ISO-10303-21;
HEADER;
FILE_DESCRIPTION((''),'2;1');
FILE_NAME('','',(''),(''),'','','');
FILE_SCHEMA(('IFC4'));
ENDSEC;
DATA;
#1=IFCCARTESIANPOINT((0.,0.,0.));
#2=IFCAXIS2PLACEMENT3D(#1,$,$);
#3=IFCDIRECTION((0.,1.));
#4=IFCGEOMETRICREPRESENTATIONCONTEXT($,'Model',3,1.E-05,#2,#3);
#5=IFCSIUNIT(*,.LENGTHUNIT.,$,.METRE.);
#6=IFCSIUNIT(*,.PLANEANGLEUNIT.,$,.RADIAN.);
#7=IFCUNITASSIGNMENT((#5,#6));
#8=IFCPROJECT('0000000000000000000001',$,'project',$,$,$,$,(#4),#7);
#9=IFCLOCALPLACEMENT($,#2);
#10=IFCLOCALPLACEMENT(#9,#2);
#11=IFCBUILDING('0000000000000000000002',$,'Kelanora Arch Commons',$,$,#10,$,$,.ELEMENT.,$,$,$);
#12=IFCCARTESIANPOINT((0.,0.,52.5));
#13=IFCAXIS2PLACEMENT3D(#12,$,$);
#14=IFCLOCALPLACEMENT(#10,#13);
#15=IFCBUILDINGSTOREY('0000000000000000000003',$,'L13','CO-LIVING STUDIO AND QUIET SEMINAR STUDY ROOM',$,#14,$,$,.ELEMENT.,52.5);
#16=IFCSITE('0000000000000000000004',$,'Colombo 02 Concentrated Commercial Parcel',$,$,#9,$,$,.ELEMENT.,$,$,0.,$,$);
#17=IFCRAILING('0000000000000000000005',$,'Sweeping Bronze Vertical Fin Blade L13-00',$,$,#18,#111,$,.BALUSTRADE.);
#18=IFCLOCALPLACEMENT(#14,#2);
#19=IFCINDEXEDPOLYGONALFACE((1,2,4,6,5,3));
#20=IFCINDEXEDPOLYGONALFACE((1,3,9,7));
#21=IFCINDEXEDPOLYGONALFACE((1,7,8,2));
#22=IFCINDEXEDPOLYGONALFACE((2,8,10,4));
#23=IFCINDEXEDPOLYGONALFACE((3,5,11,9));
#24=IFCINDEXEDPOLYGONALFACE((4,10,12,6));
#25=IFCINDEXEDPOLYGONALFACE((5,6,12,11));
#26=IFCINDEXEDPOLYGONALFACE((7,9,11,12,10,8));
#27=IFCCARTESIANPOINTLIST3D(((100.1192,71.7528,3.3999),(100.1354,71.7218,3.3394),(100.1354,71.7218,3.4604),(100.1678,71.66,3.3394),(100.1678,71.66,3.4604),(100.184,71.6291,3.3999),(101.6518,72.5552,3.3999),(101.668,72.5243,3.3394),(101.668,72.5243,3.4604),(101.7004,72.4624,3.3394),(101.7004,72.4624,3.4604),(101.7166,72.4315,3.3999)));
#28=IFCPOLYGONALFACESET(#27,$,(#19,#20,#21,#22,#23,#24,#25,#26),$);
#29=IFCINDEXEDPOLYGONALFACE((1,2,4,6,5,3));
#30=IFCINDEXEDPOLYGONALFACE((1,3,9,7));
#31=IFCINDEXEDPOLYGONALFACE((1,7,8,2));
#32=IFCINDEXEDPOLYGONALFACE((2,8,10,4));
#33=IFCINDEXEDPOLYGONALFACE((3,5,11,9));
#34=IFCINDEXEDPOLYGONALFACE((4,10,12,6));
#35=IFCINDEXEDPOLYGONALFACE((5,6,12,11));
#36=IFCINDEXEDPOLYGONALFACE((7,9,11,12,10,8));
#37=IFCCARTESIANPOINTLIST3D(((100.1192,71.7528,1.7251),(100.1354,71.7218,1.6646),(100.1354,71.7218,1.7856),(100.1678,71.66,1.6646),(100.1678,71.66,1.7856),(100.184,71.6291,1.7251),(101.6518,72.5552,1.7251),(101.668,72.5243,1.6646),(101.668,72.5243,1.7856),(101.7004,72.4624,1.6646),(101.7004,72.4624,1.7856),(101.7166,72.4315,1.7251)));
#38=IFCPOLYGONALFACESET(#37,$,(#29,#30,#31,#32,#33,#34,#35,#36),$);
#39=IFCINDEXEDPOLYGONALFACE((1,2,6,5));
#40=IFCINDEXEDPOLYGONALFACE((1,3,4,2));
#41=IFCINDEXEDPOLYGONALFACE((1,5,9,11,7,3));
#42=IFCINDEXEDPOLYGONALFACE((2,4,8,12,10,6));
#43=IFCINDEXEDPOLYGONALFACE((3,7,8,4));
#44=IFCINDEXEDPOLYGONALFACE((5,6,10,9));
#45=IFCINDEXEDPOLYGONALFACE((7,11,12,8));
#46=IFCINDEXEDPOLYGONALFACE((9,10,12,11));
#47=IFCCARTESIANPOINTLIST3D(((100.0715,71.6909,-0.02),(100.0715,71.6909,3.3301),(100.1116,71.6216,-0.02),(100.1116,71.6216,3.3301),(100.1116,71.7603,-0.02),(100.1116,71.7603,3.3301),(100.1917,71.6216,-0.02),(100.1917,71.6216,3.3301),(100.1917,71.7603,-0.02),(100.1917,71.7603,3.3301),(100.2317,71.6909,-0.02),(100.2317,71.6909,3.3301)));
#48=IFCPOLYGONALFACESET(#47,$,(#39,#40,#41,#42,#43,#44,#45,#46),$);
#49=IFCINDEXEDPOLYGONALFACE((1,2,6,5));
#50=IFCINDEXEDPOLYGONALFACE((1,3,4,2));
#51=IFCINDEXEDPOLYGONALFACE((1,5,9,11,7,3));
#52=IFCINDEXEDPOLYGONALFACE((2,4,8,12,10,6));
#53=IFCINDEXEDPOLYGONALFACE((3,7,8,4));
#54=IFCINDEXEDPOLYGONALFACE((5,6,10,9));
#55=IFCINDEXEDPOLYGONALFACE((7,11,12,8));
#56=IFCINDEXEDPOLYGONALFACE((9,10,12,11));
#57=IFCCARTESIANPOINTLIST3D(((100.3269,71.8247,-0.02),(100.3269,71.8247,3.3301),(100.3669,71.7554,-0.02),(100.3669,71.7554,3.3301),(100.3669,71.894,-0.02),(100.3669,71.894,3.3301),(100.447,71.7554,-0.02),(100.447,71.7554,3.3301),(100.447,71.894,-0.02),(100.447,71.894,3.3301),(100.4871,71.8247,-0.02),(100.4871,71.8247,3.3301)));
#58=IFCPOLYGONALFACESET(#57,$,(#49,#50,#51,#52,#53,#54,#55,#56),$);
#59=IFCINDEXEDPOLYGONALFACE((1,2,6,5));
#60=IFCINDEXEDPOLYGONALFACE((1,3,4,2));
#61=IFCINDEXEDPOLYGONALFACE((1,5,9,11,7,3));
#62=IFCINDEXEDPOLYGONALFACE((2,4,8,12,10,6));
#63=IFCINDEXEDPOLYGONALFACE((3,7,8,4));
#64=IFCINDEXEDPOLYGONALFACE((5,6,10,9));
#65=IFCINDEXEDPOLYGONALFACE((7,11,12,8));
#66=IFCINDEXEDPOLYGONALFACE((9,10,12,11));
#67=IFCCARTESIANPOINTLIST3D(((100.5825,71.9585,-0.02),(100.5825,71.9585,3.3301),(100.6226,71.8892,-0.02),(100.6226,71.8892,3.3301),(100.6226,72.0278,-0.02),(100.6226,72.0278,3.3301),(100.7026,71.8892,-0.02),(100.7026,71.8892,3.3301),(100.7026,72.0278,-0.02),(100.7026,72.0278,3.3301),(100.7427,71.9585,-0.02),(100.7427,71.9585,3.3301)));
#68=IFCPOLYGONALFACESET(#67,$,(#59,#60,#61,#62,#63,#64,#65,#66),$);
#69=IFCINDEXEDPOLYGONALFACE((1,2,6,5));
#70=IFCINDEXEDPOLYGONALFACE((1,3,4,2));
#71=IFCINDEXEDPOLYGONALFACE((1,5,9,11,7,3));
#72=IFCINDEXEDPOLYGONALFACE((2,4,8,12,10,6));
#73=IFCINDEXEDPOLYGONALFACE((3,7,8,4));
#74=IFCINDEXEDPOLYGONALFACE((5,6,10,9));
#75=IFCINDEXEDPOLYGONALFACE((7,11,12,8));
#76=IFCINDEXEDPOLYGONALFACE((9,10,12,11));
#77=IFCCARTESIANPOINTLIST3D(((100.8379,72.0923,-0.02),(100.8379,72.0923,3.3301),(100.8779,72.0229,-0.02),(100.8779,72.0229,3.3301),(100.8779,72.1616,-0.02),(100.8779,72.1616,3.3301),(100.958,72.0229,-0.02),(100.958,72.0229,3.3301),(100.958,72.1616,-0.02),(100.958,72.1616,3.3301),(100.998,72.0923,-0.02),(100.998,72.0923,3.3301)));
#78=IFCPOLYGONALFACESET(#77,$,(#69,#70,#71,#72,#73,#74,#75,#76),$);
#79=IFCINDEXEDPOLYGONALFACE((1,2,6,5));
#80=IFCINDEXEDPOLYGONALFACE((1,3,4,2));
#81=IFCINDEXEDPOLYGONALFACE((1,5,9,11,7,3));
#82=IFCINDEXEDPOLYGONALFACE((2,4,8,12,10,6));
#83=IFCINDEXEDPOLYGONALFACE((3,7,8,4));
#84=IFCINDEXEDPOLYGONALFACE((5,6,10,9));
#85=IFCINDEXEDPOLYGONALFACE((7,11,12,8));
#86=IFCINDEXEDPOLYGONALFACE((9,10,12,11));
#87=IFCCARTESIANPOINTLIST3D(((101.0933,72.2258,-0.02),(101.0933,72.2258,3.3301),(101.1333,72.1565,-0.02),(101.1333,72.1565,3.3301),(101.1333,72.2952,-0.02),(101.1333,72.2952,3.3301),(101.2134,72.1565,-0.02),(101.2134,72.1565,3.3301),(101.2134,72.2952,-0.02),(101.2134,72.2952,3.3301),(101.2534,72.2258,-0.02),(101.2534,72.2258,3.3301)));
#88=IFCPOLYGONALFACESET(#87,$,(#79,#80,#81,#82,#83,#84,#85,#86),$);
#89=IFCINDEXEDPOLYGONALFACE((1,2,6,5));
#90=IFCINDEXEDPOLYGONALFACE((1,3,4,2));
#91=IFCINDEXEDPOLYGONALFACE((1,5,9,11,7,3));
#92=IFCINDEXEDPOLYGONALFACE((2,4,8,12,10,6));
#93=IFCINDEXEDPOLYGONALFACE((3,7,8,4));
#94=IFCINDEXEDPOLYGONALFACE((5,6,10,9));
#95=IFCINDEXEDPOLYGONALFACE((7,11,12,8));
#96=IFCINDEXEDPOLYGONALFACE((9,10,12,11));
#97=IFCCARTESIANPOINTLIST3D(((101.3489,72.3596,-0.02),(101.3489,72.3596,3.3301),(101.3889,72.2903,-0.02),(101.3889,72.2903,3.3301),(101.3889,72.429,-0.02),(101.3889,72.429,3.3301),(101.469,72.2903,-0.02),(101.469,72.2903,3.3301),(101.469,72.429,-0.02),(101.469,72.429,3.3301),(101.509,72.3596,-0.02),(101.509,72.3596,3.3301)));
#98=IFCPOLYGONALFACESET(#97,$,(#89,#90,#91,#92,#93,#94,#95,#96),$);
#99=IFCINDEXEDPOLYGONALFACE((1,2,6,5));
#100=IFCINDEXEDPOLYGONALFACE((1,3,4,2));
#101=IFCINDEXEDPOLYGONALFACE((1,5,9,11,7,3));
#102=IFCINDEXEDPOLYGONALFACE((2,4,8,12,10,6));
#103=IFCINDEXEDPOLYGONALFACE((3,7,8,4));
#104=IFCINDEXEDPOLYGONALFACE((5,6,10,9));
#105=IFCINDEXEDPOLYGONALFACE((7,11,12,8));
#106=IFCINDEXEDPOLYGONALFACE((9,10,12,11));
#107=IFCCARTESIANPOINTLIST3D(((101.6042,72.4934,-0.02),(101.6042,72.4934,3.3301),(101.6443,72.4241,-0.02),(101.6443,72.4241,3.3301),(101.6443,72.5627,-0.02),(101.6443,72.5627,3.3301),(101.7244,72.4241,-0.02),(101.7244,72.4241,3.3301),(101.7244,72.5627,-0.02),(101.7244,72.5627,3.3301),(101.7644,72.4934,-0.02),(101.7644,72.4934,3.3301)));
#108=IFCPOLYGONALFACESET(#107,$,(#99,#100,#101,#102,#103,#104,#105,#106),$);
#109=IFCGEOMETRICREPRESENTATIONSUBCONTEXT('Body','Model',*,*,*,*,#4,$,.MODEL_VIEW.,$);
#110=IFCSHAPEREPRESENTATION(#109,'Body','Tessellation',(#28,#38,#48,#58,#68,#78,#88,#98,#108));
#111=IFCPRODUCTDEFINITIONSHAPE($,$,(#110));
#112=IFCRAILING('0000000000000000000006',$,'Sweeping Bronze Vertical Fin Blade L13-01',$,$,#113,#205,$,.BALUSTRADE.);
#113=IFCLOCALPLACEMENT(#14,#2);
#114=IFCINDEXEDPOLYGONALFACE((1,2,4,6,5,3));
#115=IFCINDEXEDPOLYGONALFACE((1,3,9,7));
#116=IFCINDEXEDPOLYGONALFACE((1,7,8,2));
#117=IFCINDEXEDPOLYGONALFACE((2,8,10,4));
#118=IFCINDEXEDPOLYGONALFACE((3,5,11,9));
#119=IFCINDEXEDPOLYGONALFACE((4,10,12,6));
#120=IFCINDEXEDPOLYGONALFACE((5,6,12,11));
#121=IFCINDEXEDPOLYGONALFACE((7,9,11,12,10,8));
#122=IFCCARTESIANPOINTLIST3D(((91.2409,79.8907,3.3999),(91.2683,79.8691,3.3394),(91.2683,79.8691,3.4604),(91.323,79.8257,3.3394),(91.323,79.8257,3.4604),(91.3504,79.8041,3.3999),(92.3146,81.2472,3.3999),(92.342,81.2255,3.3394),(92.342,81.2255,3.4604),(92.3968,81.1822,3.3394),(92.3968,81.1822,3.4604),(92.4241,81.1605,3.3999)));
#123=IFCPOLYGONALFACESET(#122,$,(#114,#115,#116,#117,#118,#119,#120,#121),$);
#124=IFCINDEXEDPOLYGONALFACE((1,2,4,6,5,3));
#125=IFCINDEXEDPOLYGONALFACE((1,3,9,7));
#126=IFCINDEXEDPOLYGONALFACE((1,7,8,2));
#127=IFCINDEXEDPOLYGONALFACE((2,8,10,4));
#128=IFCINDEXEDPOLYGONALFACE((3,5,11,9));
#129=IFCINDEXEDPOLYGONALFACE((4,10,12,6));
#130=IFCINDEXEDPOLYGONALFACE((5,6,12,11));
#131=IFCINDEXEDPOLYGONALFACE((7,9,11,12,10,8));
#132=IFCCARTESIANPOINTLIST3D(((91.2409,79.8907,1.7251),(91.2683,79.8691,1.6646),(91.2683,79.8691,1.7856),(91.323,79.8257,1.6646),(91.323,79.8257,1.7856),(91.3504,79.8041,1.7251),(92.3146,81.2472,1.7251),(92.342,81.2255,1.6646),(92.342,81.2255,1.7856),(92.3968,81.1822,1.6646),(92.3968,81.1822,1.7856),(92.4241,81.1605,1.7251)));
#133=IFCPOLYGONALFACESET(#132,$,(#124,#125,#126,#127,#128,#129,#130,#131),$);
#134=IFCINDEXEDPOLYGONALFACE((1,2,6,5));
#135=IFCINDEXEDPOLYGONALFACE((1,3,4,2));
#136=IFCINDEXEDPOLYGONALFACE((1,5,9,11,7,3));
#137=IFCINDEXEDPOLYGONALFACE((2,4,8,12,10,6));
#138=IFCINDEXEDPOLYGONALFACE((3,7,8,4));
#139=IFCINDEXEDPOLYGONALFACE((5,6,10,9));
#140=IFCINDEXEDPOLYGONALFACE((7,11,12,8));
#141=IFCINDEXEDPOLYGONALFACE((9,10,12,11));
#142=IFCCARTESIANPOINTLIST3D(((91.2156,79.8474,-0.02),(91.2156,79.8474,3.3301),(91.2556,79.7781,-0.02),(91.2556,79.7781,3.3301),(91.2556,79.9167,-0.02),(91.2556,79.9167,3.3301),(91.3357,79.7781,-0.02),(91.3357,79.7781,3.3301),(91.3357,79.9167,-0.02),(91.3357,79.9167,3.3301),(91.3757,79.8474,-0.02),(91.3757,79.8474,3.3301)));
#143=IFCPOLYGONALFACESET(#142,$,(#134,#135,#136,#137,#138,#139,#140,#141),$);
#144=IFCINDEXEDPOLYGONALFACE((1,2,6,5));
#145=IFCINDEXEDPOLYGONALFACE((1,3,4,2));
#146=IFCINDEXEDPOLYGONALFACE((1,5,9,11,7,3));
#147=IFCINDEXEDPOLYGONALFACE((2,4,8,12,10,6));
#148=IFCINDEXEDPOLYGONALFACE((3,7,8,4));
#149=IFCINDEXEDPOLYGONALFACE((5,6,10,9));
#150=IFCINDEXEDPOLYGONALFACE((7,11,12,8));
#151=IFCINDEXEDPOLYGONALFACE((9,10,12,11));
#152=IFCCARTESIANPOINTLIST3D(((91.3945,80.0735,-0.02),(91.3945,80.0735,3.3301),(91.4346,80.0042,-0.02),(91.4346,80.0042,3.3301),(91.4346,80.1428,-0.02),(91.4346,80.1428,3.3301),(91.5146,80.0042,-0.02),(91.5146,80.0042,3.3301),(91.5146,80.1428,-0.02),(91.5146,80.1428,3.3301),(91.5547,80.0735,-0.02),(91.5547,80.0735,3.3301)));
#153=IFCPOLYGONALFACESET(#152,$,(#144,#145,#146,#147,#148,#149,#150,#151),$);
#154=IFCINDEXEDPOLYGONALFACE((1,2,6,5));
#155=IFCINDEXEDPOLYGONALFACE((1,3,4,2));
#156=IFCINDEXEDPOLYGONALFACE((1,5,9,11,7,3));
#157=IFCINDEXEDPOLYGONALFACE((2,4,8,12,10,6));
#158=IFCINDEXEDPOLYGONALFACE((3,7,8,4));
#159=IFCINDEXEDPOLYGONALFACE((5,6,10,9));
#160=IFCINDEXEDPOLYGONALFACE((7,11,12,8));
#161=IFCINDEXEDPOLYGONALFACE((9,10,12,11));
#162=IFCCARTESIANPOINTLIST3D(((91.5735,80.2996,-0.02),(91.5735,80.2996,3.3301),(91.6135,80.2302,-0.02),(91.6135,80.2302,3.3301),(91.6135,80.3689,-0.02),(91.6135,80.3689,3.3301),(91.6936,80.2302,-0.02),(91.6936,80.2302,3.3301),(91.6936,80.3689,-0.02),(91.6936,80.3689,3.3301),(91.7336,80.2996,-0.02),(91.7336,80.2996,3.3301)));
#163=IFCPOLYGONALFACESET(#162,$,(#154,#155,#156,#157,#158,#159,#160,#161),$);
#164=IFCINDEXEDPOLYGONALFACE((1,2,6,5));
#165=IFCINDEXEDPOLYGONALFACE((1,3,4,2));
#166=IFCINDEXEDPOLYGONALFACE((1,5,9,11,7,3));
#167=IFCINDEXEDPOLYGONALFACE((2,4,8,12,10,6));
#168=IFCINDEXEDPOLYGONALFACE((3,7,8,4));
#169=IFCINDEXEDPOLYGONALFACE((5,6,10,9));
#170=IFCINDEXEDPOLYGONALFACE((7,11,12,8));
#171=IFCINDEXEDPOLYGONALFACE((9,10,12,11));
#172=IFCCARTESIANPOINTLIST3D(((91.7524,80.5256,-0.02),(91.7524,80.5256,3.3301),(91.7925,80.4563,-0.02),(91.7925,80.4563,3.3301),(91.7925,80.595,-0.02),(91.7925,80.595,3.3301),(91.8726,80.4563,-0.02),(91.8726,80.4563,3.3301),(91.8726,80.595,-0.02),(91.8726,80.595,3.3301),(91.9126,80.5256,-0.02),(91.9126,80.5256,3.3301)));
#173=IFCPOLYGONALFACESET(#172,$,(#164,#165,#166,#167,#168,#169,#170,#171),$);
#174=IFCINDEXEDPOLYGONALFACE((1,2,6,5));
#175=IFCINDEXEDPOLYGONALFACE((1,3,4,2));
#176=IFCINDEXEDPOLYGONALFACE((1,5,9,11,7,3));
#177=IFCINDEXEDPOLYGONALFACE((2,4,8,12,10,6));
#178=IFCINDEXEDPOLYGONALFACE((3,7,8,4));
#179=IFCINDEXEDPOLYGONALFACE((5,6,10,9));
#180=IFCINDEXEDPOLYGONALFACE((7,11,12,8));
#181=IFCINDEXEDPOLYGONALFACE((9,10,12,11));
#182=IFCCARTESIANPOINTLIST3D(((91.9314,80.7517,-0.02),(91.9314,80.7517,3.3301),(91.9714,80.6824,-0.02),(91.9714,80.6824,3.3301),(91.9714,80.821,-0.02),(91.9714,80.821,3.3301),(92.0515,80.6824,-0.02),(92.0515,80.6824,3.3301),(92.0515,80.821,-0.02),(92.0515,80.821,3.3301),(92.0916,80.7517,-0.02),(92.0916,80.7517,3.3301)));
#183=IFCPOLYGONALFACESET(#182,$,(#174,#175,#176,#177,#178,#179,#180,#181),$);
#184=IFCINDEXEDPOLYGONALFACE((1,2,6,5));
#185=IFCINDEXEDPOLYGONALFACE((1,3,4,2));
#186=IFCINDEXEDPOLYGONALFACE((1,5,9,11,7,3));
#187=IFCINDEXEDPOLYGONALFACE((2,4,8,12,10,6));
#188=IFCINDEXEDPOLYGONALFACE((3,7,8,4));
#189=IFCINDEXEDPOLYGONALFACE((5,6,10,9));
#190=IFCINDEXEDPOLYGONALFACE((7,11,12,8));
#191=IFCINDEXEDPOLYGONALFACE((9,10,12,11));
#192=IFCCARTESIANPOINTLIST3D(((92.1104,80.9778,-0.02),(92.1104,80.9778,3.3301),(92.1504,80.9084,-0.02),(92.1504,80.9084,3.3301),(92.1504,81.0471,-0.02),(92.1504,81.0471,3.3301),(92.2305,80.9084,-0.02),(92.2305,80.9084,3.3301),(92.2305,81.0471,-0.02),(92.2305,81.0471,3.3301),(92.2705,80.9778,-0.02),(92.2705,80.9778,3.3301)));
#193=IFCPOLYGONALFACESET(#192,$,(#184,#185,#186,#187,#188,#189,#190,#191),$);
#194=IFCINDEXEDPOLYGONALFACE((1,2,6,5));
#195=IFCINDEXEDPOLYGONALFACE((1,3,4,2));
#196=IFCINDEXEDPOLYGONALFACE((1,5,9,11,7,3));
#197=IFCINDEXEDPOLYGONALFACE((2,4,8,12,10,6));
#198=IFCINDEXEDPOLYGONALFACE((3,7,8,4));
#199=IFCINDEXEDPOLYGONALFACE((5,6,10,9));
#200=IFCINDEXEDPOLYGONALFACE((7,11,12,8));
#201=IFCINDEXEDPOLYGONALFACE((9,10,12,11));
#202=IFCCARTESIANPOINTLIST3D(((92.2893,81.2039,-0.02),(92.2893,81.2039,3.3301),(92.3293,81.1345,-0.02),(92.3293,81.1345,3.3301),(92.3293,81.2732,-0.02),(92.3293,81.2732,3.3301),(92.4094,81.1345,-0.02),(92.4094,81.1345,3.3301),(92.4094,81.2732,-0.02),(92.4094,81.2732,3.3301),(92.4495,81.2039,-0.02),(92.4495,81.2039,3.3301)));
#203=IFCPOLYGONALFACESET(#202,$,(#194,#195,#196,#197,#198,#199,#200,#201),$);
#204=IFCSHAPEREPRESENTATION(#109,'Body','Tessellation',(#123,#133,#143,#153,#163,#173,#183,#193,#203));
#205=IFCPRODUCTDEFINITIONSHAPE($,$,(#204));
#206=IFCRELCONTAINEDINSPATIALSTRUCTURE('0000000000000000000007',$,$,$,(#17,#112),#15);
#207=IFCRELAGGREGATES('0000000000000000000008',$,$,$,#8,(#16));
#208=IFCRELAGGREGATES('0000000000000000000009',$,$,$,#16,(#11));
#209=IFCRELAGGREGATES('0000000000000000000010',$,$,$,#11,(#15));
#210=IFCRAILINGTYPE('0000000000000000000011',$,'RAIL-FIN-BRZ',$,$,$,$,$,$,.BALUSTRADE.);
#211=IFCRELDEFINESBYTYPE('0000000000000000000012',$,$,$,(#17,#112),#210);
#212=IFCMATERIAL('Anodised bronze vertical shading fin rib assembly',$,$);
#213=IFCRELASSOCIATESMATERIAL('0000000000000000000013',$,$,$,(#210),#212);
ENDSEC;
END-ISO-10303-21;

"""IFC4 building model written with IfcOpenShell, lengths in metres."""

from ifc_helpers import new_model, si_unit, direction, frame, origin, place, context, subcontext, project, spatial, polyline, outline, extrude, material, type_object, element, save


model = new_model("IFC4")

# Units and contexts
model_context = context("Model", 3, precision=1e-05, world=origin(), true_north=direction((0.0, 1.0)))
body_context = subcontext(model_context, "Body", "Model", "MODEL_VIEW")
ifc_project = project(units=[si_unit("LENGTHUNIT", "METRE"), si_unit("PLANEANGLEUNIT", "RADIAN")], contexts=[model_context])

# Site, building, storey
site_placement = place(None, origin())
site = spatial("IfcSite", under=ifc_project, at=site_placement, Name="Colombo 02 Concentrated Commercial Parcel", CompositionType="ELEMENT", RefElevation=0.0)
building_placement = place(site_placement, origin())
building = spatial("IfcBuilding", under=site, at=building_placement, Name="Kelanora Arch Commons", CompositionType="ELEMENT")
storey_placement = place(building_placement, frame((0.0, 0.0, 52.5)))
storey = spatial("IfcBuildingStorey", under=building, at=storey_placement, Name="L13", Description="CO-LIVING STUDIO AND QUIET SEMINAR STUDY ROOM", CompositionType="ELEMENT", Elevation=52.5)

# Railings
ifc_material_1 = material(Name="Anodised bronze vertical shading fin rib assembly")
railing_type = type_object("IfcRailingType", Name="RAIL-FIN-BRZ", PredefinedType="BALUSTRADE", material=ifc_material_1)
railing_1_placement = place(storey_placement, frame((100.1516, 71.6909, -0.02)))
element("IfcRailing", 1, at=railing_1_placement, inside=storey, type_object=railing_type, Name="Sweeping Bronze Vertical Fin Blade L13-00", PredefinedType="BALUSTRADE", context=body_context, shape_type="SweptSolid", body=[
    extrude(outline(polyline([(0.0698, 0.0), (0.0349, 0.0605), (-0.0349, 0.0605), (-0.0698, 0.0), (-0.0349, -0.0605), (0.0349, -0.0605), (0.0698, 0.0)])), frame((0.0, 0.0, 3.4199), z_axis=(0.885917, 0.463844, 0.0), x_axis=(-0.463844, 0.885917, 0.0)), (0.0, 0.0, 1.0), 1.73),
    extrude(outline(polyline([(0.0698, 0.0), (0.0349, 0.0605), (-0.0349, 0.0605), (-0.0698, 0.0), (-0.0349, -0.0605), (0.0349, -0.0605), (0.0698, 0.0)])), frame((0.0, 0.0, 1.7451), z_axis=(0.885917, 0.463844, 0.0), x_axis=(-0.463844, 0.885917, 0.0)), (0.0, 0.0, 1.0), 1.73),
    extrude(outline(polyline([(0.0801, 0.0), (0.04, 0.0693), (-0.04, 0.0693), (-0.0801, 0.0), (-0.04, -0.0693), (0.04, -0.0693), (0.0801, 0.0)])), origin(), (0.0, 0.0, 1.0), 3.3501),
    extrude(outline(polyline([(0.0801, 0.0), (0.04, 0.0693), (-0.04, 0.0693), (-0.0801, 0.0), (-0.04, -0.0693), (0.04, -0.0693), (0.0801, 0.0)])), frame((0.2554, 0.1338, 0.0)), (0.0, 0.0, 1.0), 3.3501),
    extrude(outline(polyline([(0.0801, 0.0), (0.04, 0.0693), (-0.04, 0.0693), (-0.0801, 0.0), (-0.04, -0.0693), (0.04, -0.0693), (0.0801, 0.0)])), frame((0.511, 0.2676, 0.0)), (0.0, 0.0, 1.0), 3.3501),
    extrude(outline(polyline([(0.0801, 0.0), (0.04, 0.0693), (-0.04, 0.0693), (-0.0801, 0.0), (-0.04, -0.0693), (0.04, -0.0693), (0.0801, 0.0)])), frame((0.7664, 0.4014, 0.0)), (0.0, 0.0, 1.0), 3.3501),
    extrude(outline(polyline([(0.0801, 0.0), (0.04, 0.0693), (-0.04, 0.0693), (-0.0801, 0.0), (-0.04, -0.0693), (0.04, -0.0693), (0.0801, 0.0)])), frame((1.0217, 0.5349, 0.0)), (0.0, 0.0, 1.0), 3.3501),
    extrude(outline(polyline([(0.0801, 0.0), (0.04, 0.0693), (-0.04, 0.0693), (-0.0801, 0.0), (-0.04, -0.0693), (0.04, -0.0693), (0.0801, 0.0)])), frame((1.2773, 0.6687, 0.0)), (0.0, 0.0, 1.0), 3.3501),
    extrude(outline(polyline([(0.0801, 0.0), (0.04, 0.0693), (-0.04, 0.0693), (-0.0801, 0.0), (-0.04, -0.0693), (0.04, -0.0693), (0.0801, 0.0)])), frame((1.5327, 0.8025, 0.0)), (0.0, 0.0, 1.0), 3.3501),
])
railing_2_placement = place(storey_placement, frame((91.2957, 79.8474, -0.02)))
element("IfcRailing", 2, at=railing_2_placement, inside=storey, type_object=railing_type, Name="Sweeping Bronze Vertical Fin Blade L13-01", PredefinedType="BALUSTRADE", context=body_context, shape_type="SweptSolid", body=[
    extrude(outline(polyline([(0.0698, 0.0), (0.0349, 0.0605), (-0.0349, 0.0605), (-0.0698, 0.0), (-0.0349, -0.0605), (0.0349, -0.0605), (0.0698, 0.0)])), frame((0.0, 0.0, 3.4199), z_axis=(0.62066, 0.78408, 0.0), x_axis=(-0.78408, 0.62066, 0.0)), (0.0, 0.0, 1.0), 1.73),
    extrude(outline(polyline([(0.0698, 0.0), (0.0349, 0.0605), (-0.0349, 0.0605), (-0.0698, 0.0), (-0.0349, -0.0605), (0.0349, -0.0605), (0.0698, 0.0)])), frame((0.0, 0.0, 1.7451), z_axis=(0.62066, 0.78408, 0.0), x_axis=(-0.78408, 0.62066, 0.0)), (0.0, 0.0, 1.0), 1.73),
    extrude(outline(polyline([(0.0801, 0.0), (0.04, 0.0693), (-0.04, 0.0693), (-0.0801, 0.0), (-0.04, -0.0693), (0.04, -0.0693), (0.0801, 0.0)])), origin(), (0.0, 0.0, 1.0), 3.3501),
    extrude(outline(polyline([(0.0801, 0.0), (0.04, 0.0693), (-0.04, 0.0693), (-0.0801, 0.0), (-0.04, -0.0693), (0.04, -0.0693), (0.0801, 0.0)])), frame((0.179, 0.2261, 0.0)), (0.0, 0.0, 1.0), 3.3501),
    extrude(outline(polyline([(0.0801, 0.0), (0.04, 0.0693), (-0.04, 0.0693), (-0.0801, 0.0), (-0.04, -0.0693), (0.04, -0.0693), (0.0801, 0.0)])), frame((0.3579, 0.4521, 0.0)), (0.0, 0.0, 1.0), 3.3501),
    extrude(outline(polyline([(0.0801, 0.0), (0.04, 0.0693), (-0.04, 0.0693), (-0.0801, 0.0), (-0.04, -0.0693), (0.04, -0.0693), (0.0801, 0.0)])), frame((0.5369, 0.6782, 0.0)), (0.0, 0.0, 1.0), 3.3501),
    extrude(outline(polyline([(0.0801, 0.0), (0.04, 0.0693), (-0.04, 0.0693), (-0.0801, 0.0), (-0.04, -0.0693), (0.04, -0.0693), (0.0801, 0.0)])), frame((0.7158, 0.9043, 0.0)), (0.0, 0.0, 1.0), 3.3501),
    extrude(outline(polyline([(0.0801, 0.0), (0.04, 0.0693), (-0.04, 0.0693), (-0.0801, 0.0), (-0.04, -0.0693), (0.04, -0.0693), (0.0801, 0.0)])), frame((0.8948, 1.1304, 0.0)), (0.0, 0.0, 1.0), 3.3501),
    extrude(outline(polyline([(0.0801, 0.0), (0.04, 0.0693), (-0.04, 0.0693), (-0.0801, 0.0), (-0.04, -0.0693), (0.04, -0.0693), (0.0801, 0.0)])), frame((1.0737, 1.3564, 0.0)), (0.0, 0.0, 1.0), 3.3501),
])

save(model, "model.ifc")
